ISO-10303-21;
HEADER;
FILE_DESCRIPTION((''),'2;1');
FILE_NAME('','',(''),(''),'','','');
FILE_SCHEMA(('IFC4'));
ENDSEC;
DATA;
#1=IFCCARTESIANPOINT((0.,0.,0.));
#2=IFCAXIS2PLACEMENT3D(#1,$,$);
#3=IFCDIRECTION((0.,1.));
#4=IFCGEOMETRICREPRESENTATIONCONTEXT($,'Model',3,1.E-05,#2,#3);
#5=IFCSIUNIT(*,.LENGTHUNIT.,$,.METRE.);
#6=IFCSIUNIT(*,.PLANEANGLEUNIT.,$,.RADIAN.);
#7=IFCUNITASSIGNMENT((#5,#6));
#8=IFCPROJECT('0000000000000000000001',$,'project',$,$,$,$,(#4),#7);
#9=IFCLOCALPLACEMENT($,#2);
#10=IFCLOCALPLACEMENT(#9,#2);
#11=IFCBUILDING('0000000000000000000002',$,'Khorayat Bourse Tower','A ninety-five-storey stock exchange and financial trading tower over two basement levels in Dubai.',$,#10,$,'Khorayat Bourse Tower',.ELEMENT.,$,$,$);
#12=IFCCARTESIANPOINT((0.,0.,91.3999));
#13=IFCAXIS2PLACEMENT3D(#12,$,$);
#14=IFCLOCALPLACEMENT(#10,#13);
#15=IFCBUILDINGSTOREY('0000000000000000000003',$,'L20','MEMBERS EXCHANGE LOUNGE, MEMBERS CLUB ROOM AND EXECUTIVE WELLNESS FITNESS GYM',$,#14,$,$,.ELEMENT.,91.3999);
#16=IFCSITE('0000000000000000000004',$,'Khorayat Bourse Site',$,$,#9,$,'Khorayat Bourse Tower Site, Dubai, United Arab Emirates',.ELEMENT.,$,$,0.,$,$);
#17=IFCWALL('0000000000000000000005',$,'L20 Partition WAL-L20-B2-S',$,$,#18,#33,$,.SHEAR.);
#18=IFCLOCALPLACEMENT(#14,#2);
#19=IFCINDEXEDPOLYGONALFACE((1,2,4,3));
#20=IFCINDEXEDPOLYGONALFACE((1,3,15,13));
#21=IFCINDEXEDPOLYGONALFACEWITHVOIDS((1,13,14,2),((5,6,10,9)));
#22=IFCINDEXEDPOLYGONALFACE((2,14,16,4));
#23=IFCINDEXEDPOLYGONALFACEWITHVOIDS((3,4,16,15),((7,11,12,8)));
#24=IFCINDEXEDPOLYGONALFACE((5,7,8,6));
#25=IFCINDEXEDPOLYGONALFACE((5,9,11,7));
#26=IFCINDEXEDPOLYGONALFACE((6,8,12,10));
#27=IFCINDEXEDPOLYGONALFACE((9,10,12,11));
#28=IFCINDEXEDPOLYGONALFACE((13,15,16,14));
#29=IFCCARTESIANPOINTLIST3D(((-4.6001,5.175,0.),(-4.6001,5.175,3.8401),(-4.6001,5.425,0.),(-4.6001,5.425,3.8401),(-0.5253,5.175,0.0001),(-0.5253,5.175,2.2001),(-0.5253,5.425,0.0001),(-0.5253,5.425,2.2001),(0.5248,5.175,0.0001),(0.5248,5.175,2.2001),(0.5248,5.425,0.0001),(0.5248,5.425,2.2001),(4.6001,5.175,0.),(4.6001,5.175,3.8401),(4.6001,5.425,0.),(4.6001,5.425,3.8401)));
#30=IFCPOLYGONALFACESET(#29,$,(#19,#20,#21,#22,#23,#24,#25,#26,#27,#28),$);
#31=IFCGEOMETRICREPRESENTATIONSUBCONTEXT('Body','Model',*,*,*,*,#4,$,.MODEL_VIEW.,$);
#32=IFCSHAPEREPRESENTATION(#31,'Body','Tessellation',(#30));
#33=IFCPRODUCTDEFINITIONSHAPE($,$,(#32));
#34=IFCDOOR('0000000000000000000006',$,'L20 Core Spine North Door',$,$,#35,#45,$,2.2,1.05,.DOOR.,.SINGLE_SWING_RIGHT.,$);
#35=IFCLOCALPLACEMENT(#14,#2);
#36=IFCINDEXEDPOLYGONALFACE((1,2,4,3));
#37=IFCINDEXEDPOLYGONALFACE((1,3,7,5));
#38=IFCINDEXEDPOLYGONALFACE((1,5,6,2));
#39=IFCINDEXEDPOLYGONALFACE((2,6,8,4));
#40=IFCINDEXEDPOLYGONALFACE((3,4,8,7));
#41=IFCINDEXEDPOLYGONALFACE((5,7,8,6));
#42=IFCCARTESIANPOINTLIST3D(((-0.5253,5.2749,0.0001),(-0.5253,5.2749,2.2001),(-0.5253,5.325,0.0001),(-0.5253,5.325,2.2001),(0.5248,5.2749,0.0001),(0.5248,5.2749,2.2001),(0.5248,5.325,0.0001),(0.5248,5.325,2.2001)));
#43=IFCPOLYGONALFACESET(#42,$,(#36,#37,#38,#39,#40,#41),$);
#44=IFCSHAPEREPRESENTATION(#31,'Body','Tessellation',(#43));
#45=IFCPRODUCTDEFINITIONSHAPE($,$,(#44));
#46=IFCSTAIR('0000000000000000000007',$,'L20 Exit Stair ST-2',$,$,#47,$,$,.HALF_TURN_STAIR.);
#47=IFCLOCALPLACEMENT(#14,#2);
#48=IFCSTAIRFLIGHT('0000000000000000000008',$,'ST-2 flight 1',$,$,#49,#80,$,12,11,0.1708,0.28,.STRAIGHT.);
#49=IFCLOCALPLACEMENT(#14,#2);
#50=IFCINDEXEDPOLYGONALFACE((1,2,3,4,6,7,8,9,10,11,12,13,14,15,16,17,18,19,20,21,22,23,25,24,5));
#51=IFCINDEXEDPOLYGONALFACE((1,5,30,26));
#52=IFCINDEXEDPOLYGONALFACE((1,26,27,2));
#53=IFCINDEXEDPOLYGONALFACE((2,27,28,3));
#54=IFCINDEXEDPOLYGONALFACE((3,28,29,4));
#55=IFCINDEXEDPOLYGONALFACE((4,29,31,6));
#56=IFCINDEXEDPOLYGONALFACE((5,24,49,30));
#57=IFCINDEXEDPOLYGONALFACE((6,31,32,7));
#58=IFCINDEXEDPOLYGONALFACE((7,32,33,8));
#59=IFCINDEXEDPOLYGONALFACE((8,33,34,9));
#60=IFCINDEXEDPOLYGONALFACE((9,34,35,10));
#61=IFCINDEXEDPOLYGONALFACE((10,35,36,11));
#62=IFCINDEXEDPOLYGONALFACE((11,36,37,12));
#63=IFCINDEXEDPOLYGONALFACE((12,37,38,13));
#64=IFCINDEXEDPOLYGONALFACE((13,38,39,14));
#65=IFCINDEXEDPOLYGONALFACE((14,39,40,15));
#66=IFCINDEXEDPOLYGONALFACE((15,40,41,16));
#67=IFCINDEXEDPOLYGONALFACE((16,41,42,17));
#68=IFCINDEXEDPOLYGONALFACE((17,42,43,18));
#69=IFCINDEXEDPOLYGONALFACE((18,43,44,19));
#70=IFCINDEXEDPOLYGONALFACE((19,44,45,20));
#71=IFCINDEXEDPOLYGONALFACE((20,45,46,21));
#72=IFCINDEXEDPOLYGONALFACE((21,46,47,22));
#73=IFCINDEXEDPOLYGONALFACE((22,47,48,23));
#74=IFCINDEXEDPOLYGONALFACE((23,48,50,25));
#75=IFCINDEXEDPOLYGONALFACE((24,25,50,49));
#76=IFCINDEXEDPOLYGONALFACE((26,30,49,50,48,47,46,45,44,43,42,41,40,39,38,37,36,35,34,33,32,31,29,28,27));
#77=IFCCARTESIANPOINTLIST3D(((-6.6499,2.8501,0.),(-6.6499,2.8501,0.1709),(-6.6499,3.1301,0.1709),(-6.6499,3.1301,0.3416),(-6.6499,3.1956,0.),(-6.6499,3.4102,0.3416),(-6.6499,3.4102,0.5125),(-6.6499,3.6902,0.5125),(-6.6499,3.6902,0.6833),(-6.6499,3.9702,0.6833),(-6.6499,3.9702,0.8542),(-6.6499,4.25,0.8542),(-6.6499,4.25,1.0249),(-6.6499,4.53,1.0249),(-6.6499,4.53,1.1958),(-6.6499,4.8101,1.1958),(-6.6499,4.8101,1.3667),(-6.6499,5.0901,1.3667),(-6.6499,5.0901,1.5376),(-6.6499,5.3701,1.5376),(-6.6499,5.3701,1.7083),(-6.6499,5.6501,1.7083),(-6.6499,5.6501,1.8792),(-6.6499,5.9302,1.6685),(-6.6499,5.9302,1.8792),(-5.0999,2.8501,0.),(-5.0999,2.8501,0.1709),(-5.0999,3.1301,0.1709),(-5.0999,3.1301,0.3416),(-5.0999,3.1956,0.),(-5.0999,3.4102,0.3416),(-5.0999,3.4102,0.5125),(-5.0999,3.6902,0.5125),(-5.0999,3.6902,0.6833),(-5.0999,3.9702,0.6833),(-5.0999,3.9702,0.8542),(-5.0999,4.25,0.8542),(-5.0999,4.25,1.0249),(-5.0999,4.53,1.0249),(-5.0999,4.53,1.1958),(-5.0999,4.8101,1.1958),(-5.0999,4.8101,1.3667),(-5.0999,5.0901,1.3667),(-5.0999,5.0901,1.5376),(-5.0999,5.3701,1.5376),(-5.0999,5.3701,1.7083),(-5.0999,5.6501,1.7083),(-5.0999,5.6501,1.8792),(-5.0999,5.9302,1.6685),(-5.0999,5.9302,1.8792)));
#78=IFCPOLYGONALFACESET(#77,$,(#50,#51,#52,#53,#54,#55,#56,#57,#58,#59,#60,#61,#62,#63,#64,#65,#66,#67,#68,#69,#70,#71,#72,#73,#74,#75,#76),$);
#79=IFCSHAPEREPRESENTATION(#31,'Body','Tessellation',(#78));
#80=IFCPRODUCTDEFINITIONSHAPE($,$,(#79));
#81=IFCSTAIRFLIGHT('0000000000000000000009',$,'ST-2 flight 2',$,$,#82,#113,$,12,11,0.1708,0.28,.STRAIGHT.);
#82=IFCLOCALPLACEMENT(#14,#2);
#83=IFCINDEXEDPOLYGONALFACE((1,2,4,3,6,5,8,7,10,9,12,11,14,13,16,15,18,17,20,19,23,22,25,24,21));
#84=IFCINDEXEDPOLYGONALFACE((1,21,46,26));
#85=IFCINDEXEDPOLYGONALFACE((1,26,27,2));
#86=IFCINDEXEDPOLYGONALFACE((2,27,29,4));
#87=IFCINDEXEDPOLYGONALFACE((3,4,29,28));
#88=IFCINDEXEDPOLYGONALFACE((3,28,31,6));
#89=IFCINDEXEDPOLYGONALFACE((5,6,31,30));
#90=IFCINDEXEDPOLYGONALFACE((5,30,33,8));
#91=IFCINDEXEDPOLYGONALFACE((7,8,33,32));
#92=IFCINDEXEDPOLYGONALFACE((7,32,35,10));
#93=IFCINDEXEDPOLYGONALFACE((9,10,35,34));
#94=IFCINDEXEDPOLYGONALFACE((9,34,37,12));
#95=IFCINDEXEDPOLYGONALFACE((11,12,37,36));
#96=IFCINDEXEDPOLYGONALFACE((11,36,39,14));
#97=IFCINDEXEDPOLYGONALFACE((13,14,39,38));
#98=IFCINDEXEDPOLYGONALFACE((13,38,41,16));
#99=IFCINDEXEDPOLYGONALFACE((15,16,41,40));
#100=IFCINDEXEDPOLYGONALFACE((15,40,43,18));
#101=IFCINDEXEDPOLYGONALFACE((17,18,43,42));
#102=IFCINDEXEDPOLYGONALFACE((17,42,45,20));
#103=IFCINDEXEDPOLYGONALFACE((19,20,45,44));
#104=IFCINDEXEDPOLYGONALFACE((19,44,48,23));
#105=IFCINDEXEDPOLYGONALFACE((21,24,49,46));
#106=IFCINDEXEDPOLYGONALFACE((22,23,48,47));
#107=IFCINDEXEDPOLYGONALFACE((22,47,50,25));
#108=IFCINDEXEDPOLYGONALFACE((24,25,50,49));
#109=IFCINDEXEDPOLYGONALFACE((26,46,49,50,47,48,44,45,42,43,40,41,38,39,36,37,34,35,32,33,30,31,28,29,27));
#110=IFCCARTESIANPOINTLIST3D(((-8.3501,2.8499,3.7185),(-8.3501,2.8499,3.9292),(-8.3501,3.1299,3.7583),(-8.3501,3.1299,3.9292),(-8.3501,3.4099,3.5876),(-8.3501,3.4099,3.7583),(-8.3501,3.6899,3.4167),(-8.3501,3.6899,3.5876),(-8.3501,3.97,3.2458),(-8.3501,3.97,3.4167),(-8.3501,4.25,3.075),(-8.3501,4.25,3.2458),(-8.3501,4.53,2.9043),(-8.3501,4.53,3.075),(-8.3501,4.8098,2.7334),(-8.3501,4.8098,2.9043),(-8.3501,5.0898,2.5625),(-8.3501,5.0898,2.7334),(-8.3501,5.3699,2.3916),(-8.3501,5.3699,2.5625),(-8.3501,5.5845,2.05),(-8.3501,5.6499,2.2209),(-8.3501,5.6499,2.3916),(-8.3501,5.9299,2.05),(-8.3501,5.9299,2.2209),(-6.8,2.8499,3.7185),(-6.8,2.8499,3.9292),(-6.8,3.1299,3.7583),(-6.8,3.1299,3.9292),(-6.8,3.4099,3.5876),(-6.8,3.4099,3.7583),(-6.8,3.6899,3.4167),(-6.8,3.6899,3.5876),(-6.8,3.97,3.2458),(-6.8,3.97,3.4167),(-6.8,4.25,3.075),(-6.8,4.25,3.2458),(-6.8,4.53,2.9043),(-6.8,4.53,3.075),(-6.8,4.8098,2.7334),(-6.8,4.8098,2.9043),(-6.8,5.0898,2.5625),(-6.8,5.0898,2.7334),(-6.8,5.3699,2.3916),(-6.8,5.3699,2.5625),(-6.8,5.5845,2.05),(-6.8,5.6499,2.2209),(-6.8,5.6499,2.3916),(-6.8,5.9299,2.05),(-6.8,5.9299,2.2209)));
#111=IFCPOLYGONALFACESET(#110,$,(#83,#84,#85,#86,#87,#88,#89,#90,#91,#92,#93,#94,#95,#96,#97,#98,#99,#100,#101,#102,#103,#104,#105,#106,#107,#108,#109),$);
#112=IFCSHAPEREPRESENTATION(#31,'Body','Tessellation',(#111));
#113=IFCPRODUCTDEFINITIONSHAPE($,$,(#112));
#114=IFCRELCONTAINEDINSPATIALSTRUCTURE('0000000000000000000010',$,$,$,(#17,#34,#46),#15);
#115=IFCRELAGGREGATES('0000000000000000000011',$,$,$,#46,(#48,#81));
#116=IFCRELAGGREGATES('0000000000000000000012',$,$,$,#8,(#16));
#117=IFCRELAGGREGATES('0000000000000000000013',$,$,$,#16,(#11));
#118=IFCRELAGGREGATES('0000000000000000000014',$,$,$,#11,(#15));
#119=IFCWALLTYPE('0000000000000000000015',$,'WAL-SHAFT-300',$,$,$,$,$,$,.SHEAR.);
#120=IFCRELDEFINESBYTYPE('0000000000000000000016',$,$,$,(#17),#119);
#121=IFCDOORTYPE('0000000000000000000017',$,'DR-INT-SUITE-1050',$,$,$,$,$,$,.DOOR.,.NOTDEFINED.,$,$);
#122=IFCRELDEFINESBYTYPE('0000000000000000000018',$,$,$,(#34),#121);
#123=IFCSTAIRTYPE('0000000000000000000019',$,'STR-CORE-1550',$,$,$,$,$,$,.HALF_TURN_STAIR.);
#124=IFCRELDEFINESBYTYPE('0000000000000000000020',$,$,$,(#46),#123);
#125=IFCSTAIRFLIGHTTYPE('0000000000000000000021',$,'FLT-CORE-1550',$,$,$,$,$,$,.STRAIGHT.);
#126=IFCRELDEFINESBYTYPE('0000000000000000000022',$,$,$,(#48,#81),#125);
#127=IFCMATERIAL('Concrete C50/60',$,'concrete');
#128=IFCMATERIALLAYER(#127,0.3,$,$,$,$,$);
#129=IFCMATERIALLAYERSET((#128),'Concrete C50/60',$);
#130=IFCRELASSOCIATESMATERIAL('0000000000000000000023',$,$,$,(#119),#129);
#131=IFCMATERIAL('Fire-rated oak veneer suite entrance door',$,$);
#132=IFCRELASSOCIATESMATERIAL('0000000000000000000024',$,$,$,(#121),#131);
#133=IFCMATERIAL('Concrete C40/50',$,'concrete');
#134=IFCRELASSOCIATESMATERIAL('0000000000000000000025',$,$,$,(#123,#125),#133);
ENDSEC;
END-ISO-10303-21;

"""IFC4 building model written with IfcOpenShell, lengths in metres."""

from ifc_helpers import new_model, si_unit, direction, frame, frame_2d, origin, place, context, subcontext, project, spatial, polyline, rectangle, outline, extrude, source, transform, mapped, material, layer, layer_set, type_object, element, fill, aggregate, save


model = new_model("IFC4")

# Units and contexts
model_context = context("Model", 3, precision=1e-05, world=origin(), true_north=direction((0.0, 1.0)))
body_context = subcontext(model_context, "Body", "Model", "MODEL_VIEW")
ifc_project = project(units=[si_unit("LENGTHUNIT", "METRE"), si_unit("PLANEANGLEUNIT", "RADIAN")], contexts=[model_context])

# Site, building, storey
site_placement = place(None, origin())
site = spatial("IfcSite", under=ifc_project, at=site_placement, Name="Khorayat Bourse Site", LongName="Khorayat Bourse Tower Site, Dubai, United Arab Emirates", CompositionType="ELEMENT", RefElevation=0.0)
building_placement = place(site_placement, origin())
building = spatial("IfcBuilding", under=site, at=building_placement, Name="Khorayat Bourse Tower", Description="A ninety-five-storey stock exchange and financial trading tower over two basement levels in Dubai.", LongName="Khorayat Bourse Tower", CompositionType="ELEMENT")
storey_placement = place(building_placement, frame((0.0, 0.0, 91.3999)))
storey = spatial("IfcBuildingStorey", under=building, at=storey_placement, Name="L20", Description="MEMBERS EXCHANGE LOUNGE, MEMBERS CLUB ROOM AND EXECUTIVE WELLNESS FITNESS GYM", CompositionType="ELEMENT", Elevation=91.3999)

# Shared definitions
ifc_material_1 = material(Name="Concrete C50/60", Category="concrete")
ifc_layer_1 = layer(ifc_material_1, 0.3)
ifc_layer_set_1 = layer_set([ifc_layer_1], Name="Concrete C50/60")
wall_type_1 = type_object("IfcWallType", Name="WAL-SHAFT-300", PredefinedType="SHEAR", material=ifc_layer_set_1)

# Wall, opening, door
shared_shape_1 = source(origin(), body_context, "Body", "SweptSolid", [
    extrude(rectangle(XDim=9.2002, YDim=0.25, at=frame_2d((4.6001, 0.0))), origin(), (0.0, 0.0, 1.0), 3.8401),
])
wall_1_placement = place(storey_placement, frame((-4.6001, 5.3, 0.0), z_axis=(0.0, 0.0, 1.0), x_axis=(1.0, 0.0, 0.0)))
wall_1 = element("IfcWall", 1, at=wall_1_placement, inside=storey, type_object=wall_type_1, Name="L20 Partition WAL-L20-B2-S", PredefinedType="SHEAR", context=body_context, shape_type="MappedRepresentation", body=[
    mapped(shared_shape_1, transform((0.0, 0.0, 0.0), scale=1.0)),
])
shared_shape_2 = source(origin(), body_context, "Body", "SweptSolid", [
    extrude(rectangle(XDim=1.05, YDim=2.2, at=frame_2d((0.5249, 1.1001))), frame((0.0, 0.135, 0.0), z_axis=(0.0, -1.0, 0.0), x_axis=(1.0, 0.0, 0.0)), (0.0, 0.0, 1.0), 0.27),
])
opening_placement = place(wall_1_placement, frame((4.075, 0.0, 0.0)))
opening = element("IfcOpeningElement", 2, at=opening_placement, cuts=wall_1, PredefinedType="OPENING", context=body_context, shape_type="MappedRepresentation", body=[
    mapped(shared_shape_2, transform((0.0, 0.0, 0.0), scale=1.0)),
])
ifc_material_2 = material(Name="Fire-rated oak veneer suite entrance door")
door_type = type_object("IfcDoorType", Name="DR-INT-SUITE-1050", OperationType="NOTDEFINED", PredefinedType="DOOR", material=ifc_material_2)
shared_shape_3 = source(origin(), body_context, "Body", "SweptSolid", [
    extrude(rectangle(XDim=1.05, YDim=2.2, at=frame_2d((0.5249, 1.1001))), frame((0.0, 0.0249, 0.0), z_axis=(0.0, -1.0, 0.0), x_axis=(1.0, 0.0, 0.0)), (0.0, 0.0, 1.0), 0.05),
])
door_placement = place(opening_placement, origin())
door = element("IfcDoor", 3, at=door_placement, inside=storey, type_object=door_type, Name="L20 Core Spine North Door", OperationType="SINGLE_SWING_RIGHT", OverallHeight=2.2, OverallWidth=1.05, PredefinedType="DOOR", context=body_context, shape_type="MappedRepresentation", body=[
    mapped(shared_shape_3, transform((0.0, 0.0, 0.0), scale=1.0)),
])
fill(opening, door)

# Stair, stair flights
ifc_material_3 = material(Name="Concrete C40/50", Category="concrete")
stair_type = type_object("IfcStairType", Name="STR-CORE-1550", PredefinedType="HALF_TURN_STAIR", material=ifc_material_3)
stair_placement = place(storey_placement, origin())
stair = element("IfcStair", 4, at=stair_placement, inside=storey, type_object=stair_type, Name="L20 Exit Stair ST-2", PredefinedType="HALF_TURN_STAIR")
stair_flight_type = type_object("IfcStairFlightType", Name="FLT-CORE-1550", PredefinedType="STRAIGHT", material=ifc_material_3)
shared_shape_4 = source(origin(), body_context, "Body", "SweptSolid", [
    extrude(outline(polyline([(0.0, 0.0), (0.0, 0.1709), (0.28, 0.1709), (0.28, 0.3416), (0.5601, 0.3416), (0.5601, 0.5125), (0.8401, 0.5125), (0.8401, 0.6833), (1.1201, 0.6833), (1.1201, 0.8542), (1.3999, 0.8542), (1.3999, 1.0249), (1.6799, 1.0249), (1.6799, 1.1958), (1.96, 1.1958), (1.96, 1.3667), (2.24, 1.3667), (2.24, 1.5376), (2.52, 1.5376), (2.52, 1.7083), (2.8, 1.7083), (2.8, 1.8792), (3.0801, 1.8792), (3.0801, 2.05), (3.0801, 1.6685), (0.3455, 0.0), (0.0, 0.0)])), frame((0.0, 0.7749, 0.0), z_axis=(0.0, -1.0, 0.0), x_axis=(1.0, 0.0, 0.0)), (0.0, 0.0, 1.0), 1.55),
])
stair_flight_1_placement = place(storey_placement, frame((-5.875, 2.8501, 0.0), z_axis=(0.0, 0.0, 1.0), x_axis=(0.0, 1.0, 0.0)))
stair_flight_1 = element("IfcStairFlight", 5, at=stair_flight_1_placement, type_object=stair_flight_type, Name="ST-2 flight 1", NumberOfRisers=12, NumberOfTreads=11, PredefinedType="STRAIGHT", RiserHeight=0.1708, TreadLength=0.28, context=body_context, shape_type="MappedRepresentation", body=[
    mapped(shared_shape_4, transform((0.0, 0.0, 0.0), scale=1.0)),
])
stair_flight_2_placement = place(storey_placement, frame((-7.575, 5.9299, 2.05), z_axis=(0.0, 0.0, 1.0), x_axis=(0.0, -1.0, 0.0)))
stair_flight_2 = element("IfcStairFlight", 6, at=stair_flight_2_placement, type_object=stair_flight_type, Name="ST-2 flight 2", NumberOfRisers=12, NumberOfTreads=11, PredefinedType="STRAIGHT", RiserHeight=0.1708, TreadLength=0.28, context=body_context, shape_type="MappedRepresentation", body=[
    mapped(shared_shape_4, transform((0.0, 0.0, 0.0), scale=1.0)),
])
aggregate(stair, [stair_flight_1, stair_flight_2])

save(model, "model.ifc")
